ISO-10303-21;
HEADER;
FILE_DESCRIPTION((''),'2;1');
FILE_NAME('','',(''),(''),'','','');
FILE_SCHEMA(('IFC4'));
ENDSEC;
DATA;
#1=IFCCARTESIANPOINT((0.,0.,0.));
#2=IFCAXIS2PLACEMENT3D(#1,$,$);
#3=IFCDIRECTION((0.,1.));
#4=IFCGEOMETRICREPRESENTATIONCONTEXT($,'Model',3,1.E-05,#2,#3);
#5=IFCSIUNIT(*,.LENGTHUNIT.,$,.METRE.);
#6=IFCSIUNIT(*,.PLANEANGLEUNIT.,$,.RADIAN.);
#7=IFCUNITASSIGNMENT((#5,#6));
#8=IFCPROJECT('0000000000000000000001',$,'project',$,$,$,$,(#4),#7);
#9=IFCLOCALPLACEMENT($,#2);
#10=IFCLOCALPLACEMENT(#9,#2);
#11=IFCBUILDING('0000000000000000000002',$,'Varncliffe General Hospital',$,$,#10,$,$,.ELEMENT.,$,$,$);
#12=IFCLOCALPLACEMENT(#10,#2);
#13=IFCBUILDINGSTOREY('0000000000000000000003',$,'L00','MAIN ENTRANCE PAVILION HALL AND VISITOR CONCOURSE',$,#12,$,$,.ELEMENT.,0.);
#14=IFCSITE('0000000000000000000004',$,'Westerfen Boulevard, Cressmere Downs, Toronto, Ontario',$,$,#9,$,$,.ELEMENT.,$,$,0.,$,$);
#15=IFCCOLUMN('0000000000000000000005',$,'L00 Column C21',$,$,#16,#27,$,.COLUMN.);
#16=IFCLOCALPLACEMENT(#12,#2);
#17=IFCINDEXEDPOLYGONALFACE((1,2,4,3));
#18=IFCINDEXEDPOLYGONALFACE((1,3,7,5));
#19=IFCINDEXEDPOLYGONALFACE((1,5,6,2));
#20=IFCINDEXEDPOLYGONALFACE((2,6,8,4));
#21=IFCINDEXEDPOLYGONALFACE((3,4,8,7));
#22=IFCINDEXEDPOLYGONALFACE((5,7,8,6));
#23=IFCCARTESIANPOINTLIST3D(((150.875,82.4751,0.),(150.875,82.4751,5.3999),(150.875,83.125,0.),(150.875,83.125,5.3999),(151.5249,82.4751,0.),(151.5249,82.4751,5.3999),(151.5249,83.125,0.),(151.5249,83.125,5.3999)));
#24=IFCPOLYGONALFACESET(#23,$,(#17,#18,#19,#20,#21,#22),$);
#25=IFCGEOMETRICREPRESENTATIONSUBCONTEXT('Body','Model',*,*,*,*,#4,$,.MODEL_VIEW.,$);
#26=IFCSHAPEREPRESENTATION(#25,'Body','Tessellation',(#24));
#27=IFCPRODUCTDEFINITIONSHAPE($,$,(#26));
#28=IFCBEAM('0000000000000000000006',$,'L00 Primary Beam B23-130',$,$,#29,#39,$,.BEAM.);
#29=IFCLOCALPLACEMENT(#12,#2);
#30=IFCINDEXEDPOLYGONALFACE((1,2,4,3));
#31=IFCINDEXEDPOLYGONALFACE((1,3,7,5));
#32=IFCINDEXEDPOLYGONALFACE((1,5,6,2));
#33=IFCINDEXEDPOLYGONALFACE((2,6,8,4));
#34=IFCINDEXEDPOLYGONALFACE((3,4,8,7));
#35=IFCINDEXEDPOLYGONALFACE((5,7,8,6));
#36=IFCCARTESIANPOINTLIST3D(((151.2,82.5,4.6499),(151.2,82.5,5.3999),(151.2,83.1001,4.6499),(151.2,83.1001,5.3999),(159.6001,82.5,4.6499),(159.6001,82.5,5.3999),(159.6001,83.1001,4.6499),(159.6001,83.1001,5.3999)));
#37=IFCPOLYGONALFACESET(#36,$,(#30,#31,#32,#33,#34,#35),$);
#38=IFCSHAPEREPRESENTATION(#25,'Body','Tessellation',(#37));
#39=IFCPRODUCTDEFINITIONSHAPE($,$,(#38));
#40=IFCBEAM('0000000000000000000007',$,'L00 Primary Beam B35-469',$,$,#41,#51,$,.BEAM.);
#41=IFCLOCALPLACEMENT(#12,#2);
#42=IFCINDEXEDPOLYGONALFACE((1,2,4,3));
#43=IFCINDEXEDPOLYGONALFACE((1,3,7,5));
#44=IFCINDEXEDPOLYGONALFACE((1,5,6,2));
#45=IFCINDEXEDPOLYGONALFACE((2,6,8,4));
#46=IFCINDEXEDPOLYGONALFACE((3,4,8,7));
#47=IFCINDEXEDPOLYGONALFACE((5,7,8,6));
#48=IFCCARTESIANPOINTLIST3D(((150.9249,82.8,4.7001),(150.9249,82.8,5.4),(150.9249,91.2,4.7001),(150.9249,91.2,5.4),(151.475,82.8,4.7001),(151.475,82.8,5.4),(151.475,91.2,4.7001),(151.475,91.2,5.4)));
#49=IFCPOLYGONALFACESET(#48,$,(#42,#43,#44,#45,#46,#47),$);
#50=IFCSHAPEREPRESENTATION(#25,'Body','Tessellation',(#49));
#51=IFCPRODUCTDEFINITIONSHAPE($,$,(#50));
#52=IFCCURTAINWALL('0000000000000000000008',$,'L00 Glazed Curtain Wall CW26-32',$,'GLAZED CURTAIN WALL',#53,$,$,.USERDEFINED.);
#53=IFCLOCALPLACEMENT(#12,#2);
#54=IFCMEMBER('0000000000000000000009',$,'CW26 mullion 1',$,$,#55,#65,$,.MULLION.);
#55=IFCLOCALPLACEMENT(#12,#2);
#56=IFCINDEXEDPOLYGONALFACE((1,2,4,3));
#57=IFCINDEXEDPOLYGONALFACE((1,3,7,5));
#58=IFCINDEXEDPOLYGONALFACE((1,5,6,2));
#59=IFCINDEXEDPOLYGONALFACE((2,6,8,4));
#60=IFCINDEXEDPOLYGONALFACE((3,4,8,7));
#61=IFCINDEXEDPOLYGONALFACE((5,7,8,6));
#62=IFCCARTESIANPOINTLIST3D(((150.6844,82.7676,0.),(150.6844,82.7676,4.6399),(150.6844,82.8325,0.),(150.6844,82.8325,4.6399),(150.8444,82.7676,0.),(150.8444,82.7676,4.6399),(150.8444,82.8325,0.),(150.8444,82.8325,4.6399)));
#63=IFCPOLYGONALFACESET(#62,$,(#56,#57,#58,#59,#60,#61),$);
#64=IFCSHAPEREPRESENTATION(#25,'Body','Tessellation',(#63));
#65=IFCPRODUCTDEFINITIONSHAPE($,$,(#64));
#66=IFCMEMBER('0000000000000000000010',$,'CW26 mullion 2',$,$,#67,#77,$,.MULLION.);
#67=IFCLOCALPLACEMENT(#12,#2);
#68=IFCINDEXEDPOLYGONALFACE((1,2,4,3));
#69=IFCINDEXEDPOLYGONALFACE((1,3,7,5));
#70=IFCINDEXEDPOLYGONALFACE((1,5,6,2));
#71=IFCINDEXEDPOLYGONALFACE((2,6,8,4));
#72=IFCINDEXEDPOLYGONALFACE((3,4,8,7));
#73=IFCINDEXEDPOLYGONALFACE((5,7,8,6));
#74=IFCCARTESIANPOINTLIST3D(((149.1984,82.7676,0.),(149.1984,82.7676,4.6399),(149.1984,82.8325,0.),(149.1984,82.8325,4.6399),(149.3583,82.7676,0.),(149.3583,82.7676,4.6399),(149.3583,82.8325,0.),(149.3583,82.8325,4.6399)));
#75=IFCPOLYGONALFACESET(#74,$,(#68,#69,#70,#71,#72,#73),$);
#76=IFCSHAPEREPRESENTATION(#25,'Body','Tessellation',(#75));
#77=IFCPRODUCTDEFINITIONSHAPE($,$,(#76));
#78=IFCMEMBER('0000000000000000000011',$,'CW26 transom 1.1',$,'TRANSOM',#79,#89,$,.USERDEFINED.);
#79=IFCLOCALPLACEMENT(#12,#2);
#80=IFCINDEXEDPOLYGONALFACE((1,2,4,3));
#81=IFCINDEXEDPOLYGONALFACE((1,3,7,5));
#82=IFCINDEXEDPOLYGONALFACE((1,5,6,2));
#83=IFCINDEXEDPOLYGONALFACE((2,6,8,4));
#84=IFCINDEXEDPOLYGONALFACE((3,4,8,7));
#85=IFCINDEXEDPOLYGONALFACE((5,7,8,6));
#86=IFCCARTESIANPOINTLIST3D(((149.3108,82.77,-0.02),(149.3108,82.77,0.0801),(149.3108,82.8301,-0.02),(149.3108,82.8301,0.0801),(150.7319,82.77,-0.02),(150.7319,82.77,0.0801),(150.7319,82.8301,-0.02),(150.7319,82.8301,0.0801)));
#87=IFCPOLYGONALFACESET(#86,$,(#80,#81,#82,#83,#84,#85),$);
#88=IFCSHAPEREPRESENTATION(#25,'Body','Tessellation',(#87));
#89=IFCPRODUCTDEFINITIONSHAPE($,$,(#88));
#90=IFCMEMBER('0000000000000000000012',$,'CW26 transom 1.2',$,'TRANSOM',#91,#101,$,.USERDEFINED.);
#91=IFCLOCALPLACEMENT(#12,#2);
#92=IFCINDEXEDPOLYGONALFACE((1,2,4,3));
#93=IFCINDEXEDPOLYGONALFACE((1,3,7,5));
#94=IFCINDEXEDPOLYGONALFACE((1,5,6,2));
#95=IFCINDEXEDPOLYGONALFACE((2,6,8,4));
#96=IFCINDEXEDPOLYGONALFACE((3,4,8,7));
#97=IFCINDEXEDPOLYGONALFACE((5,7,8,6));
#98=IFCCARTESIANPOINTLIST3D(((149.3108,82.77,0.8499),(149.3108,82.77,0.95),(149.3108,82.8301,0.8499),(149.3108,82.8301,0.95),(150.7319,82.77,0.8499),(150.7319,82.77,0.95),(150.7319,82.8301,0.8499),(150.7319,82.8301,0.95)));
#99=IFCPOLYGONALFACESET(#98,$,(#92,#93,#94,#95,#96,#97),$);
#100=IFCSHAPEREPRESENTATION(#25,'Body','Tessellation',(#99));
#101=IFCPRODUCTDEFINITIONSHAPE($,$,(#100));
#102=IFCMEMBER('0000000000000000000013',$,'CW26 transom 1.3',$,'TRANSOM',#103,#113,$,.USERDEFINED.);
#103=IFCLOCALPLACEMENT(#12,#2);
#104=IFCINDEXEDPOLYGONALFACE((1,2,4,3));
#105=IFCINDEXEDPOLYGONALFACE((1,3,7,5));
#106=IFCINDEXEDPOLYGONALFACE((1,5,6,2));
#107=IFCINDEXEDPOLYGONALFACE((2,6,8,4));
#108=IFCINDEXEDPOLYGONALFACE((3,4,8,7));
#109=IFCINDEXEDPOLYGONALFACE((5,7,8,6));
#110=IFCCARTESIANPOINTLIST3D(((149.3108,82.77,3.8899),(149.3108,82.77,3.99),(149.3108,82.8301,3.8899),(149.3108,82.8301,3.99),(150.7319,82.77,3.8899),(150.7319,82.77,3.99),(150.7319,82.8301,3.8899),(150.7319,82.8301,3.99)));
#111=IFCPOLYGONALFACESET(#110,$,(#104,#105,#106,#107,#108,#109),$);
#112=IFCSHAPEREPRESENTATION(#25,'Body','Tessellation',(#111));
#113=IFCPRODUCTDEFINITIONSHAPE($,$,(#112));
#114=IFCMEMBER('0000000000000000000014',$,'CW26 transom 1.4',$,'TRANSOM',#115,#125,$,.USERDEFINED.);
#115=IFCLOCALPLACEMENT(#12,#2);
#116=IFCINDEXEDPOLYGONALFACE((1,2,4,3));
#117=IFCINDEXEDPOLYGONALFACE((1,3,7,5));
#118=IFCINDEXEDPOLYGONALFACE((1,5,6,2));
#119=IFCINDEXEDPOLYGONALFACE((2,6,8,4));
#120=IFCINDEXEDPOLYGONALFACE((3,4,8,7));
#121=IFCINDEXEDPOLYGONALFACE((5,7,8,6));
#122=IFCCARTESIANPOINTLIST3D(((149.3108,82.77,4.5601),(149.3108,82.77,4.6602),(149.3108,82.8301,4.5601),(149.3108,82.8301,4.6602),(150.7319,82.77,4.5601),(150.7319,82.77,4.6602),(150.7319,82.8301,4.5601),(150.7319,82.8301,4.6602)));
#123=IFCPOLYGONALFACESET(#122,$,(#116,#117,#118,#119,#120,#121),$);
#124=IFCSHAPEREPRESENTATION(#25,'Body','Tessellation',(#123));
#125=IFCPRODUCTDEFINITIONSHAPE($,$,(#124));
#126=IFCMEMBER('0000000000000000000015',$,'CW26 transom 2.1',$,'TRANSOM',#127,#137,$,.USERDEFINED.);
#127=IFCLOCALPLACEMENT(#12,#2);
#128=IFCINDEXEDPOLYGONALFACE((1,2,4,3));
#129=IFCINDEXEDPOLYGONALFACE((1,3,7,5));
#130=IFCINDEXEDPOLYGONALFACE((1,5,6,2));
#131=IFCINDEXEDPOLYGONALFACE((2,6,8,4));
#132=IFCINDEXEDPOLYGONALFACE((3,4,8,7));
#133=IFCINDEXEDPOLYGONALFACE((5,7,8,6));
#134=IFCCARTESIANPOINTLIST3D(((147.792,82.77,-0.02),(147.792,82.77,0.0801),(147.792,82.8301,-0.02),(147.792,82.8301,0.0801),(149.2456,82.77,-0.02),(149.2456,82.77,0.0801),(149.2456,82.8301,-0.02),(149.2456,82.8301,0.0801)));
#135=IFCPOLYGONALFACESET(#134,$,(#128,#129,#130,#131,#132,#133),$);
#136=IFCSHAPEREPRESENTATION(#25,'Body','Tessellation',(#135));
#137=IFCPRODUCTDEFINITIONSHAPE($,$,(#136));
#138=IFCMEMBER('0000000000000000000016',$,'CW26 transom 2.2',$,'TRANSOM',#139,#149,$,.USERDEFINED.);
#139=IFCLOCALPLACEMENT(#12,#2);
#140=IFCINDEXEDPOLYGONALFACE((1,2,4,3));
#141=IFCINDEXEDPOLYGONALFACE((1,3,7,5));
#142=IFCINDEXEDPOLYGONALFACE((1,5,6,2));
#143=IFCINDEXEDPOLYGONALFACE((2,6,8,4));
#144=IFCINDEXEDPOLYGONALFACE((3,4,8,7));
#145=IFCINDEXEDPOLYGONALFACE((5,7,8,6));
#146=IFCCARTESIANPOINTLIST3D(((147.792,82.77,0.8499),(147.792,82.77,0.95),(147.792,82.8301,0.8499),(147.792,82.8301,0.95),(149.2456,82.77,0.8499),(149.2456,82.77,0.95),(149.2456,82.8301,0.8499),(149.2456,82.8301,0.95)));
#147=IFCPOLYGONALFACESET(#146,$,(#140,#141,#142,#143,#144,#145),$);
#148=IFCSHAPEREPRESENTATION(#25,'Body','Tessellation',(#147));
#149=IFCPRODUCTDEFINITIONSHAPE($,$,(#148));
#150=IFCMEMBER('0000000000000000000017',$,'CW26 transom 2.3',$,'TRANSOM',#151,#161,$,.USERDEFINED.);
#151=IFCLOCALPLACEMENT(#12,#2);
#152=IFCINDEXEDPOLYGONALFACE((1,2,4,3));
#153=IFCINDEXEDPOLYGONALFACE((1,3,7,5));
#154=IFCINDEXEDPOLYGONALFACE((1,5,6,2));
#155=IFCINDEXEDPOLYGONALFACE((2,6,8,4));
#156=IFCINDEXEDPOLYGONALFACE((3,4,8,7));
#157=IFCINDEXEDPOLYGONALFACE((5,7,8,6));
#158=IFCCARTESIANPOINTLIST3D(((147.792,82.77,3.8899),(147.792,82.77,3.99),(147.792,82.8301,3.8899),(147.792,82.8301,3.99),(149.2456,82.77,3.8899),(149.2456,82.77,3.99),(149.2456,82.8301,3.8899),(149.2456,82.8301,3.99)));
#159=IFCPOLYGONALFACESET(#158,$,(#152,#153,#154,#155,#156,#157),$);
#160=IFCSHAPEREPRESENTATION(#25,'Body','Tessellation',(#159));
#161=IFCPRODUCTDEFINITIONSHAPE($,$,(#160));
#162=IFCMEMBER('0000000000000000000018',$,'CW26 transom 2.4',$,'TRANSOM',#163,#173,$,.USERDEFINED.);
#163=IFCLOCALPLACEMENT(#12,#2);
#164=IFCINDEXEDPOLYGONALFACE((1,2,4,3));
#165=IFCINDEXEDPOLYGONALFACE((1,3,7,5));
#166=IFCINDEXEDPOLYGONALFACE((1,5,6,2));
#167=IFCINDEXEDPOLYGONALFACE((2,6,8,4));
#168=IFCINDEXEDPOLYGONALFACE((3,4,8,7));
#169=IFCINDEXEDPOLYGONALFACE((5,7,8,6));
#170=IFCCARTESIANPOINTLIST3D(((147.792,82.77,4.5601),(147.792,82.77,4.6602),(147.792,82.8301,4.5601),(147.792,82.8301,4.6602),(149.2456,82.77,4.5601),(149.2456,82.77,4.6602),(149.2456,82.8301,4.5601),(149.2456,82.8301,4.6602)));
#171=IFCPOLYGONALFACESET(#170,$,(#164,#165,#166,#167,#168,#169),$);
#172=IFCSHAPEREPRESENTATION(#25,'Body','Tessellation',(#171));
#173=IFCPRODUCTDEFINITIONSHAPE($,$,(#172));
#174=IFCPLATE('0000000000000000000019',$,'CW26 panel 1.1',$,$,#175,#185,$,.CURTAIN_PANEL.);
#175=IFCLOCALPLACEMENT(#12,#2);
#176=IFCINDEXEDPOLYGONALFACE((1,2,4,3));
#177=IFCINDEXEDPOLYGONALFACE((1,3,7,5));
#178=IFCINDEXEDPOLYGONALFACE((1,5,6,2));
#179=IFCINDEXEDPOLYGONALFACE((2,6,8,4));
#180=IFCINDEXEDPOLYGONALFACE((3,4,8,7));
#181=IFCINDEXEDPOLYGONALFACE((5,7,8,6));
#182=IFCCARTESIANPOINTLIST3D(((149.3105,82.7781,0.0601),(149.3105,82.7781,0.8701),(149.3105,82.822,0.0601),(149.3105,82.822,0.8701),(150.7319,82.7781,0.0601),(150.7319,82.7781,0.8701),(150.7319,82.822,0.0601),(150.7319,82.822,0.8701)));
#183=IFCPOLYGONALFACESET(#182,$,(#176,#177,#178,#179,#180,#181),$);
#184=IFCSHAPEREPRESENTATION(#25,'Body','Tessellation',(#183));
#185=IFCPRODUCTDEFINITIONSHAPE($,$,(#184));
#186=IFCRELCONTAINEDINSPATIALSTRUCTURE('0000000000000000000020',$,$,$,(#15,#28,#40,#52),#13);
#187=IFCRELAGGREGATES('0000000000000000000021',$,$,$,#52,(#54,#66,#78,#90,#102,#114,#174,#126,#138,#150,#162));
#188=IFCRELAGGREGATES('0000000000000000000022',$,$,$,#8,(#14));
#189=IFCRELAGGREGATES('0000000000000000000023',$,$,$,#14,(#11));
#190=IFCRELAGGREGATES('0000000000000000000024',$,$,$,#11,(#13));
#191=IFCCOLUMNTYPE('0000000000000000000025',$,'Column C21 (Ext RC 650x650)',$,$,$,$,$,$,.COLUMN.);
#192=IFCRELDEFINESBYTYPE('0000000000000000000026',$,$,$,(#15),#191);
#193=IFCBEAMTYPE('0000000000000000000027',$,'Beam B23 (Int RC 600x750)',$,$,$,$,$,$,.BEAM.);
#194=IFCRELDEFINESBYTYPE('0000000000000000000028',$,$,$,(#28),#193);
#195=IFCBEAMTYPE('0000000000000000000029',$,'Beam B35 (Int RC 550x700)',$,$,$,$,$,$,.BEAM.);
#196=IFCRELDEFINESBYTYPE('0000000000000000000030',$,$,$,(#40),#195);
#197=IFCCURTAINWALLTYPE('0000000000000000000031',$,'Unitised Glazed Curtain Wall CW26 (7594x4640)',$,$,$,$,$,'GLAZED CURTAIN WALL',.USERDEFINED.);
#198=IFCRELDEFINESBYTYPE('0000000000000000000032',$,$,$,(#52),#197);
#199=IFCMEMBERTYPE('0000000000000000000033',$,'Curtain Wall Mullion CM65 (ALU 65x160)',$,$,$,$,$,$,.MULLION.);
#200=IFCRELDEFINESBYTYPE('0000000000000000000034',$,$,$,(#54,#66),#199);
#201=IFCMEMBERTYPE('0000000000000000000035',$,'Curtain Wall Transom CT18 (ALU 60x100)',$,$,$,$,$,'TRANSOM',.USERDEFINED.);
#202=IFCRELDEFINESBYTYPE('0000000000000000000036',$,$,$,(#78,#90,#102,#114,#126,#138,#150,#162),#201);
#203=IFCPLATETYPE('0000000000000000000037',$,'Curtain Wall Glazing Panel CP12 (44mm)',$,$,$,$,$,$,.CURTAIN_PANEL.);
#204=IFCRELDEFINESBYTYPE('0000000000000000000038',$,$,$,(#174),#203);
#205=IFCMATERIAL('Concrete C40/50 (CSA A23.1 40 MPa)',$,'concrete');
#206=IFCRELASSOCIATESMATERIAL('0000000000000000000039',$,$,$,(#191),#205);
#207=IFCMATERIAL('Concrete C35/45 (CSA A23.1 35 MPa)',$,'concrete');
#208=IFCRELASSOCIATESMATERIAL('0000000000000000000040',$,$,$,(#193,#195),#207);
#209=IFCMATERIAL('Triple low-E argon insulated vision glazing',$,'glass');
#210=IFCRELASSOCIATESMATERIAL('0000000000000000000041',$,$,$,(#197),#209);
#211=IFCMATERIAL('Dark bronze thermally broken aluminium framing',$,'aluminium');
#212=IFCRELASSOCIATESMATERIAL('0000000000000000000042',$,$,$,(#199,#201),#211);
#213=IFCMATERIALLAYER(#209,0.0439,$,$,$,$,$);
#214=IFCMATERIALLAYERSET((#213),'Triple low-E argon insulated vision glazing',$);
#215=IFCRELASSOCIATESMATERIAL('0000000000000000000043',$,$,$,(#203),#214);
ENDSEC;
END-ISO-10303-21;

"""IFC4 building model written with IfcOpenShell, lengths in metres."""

from ifc_helpers import new_model, si_unit, direction, frame, origin, origin_2d, place, context, subcontext, project, spatial, rectangle, extrude, material, layer, layer_set, material_profile, profile_set, type_object, element, aggregate, save


model = new_model("IFC4")

# Units and contexts
model_context = context("Model", 3, precision=1e-05, world=origin(), true_north=direction((0.0, 1.0)))
body_context = subcontext(model_context, "Body", "Model", "MODEL_VIEW")
ifc_project = project(units=[si_unit("LENGTHUNIT", "METRE"), si_unit("PLANEANGLEUNIT", "RADIAN")], contexts=[model_context])

# Site, building, storey
site_placement = place(None, origin())
site = spatial("IfcSite", under=ifc_project, at=site_placement, Name="Westerfen Boulevard, Cressmere Downs, Toronto, Ontario", CompositionType="ELEMENT", RefElevation=0.0)
building_placement = place(site_placement, origin())
building = spatial("IfcBuilding", under=site, at=building_placement, Name="Varncliffe General Hospital", CompositionType="ELEMENT")
storey_placement = place(building_placement, origin())
storey = spatial("IfcBuildingStorey", under=building, at=storey_placement, Name="L00", Description="MAIN ENTRANCE PAVILION HALL AND VISITOR CONCOURSE", CompositionType="ELEMENT", Elevation=0.0)

# Column
ifc_material_1 = material(Name="Concrete C40/50 (CSA A23.1 40 MPa)", Category="concrete")
ifc_material_profile_1 = material_profile(ifc_material_1, rectangle(XDim=0.6499, YDim=0.6499, at=origin_2d()), Name="RC 650x650")
ifc_profile_set_1 = profile_set([ifc_material_profile_1], Name="Concrete C40/50 (CSA A23.1 40 MPa)")
column_type = type_object("IfcColumnType", Name="Column C21 (Ext RC 650x650)", PredefinedType="COLUMN", material=ifc_profile_set_1)
column_placement = place(storey_placement, frame((151.2, 82.8, 0.0), z_axis=(0.0, 0.0, 1.0), x_axis=(1.0, 0.0, 0.0)))
element("IfcColumn", 1, at=column_placement, inside=storey, type_object=column_type, Name="L00 Column C21", PredefinedType="COLUMN", context=body_context, shape_type="SweptSolid", body=[
    extrude(rectangle(XDim=0.6499, YDim=0.6499, at=origin_2d()), origin(), (0.0, 0.0, 1.0), 5.3999),
])

# Beams
ifc_material_2 = material(Name="Concrete C35/45 (CSA A23.1 35 MPa)", Category="concrete")
ifc_material_profile_2 = material_profile(ifc_material_2, rectangle(XDim=0.6001, YDim=0.75, at=origin_2d()), Name="RC 600x750")
ifc_profile_set_2 = profile_set([ifc_material_profile_2], Name="Concrete C35/45 (CSA A23.1 35 MPa)")
beam_type_1 = type_object("IfcBeamType", Name="Beam B23 (Int RC 600x750)", PredefinedType="BEAM", material=ifc_profile_set_2)
beam_1_placement = place(storey_placement, frame((151.2, 82.8, 5.0249), z_axis=(1.0, 0.0, 0.0), x_axis=(0.0, 1.0, 0.0)))
element("IfcBeam", 2, at=beam_1_placement, inside=storey, type_object=beam_type_1, Name="L00 Primary Beam B23-130", PredefinedType="BEAM", context=body_context, shape_type="SweptSolid", body=[
    extrude(rectangle(XDim=0.6001, YDim=0.75, at=origin_2d()), origin(), (0.0, 0.0, 1.0), 8.4001),
])
ifc_material_profile_3 = material_profile(ifc_material_2, rectangle(XDim=0.55, YDim=0.7, at=origin_2d()), Name="RC 550x700")
ifc_profile_set_3 = profile_set([ifc_material_profile_3], Name="Concrete C35/45 (CSA A23.1 35 MPa)")
beam_type_2 = type_object("IfcBeamType", Name="Beam B35 (Int RC 550x700)", PredefinedType="BEAM", material=ifc_profile_set_3)
beam_2_placement = place(storey_placement, frame((151.2, 82.8, 5.05), z_axis=(0.0, 1.0, 0.0), x_axis=(-1.0, 0.0, 0.0)))
element("IfcBeam", 3, at=beam_2_placement, inside=storey, type_object=beam_type_2, Name="L00 Primary Beam B35-469", PredefinedType="BEAM", context=body_context, shape_type="SweptSolid", body=[
    extrude(rectangle(XDim=0.55, YDim=0.7, at=origin_2d()), origin(), (0.0, 0.0, 1.0), 8.3999),
])

# Curtain wall, members, plate
ifc_material_3 = material(Name="Triple low-E argon insulated vision glazing", Category="glass")
curtain_wall_type = type_object("IfcCurtainWallType", Name="Unitised Glazed Curtain Wall CW26 (7594x4640)", ElementType="GLAZED CURTAIN WALL", PredefinedType="USERDEFINED", material=ifc_material_3)
curtain_wall_placement = place(storey_placement, origin())
curtain_wall = element("IfcCurtainWall", 4, at=curtain_wall_placement, inside=storey, type_object=curtain_wall_type, Name="L00 Glazed Curtain Wall CW26-32", ObjectType="GLAZED CURTAIN WALL", PredefinedType="USERDEFINED")
ifc_material_4 = material(Name="Dark bronze thermally broken aluminium framing", Category="aluminium")
ifc_material_profile_4 = material_profile(ifc_material_4, rectangle(XDim=0.0649, YDim=0.1599, at=origin_2d()), Name="ALU 65x160")
ifc_profile_set_4 = profile_set([ifc_material_profile_4], Name="Dark bronze thermally broken aluminium framing")
member_type_1 = type_object("IfcMemberType", Name="Curtain Wall Mullion CM65 (ALU 65x160)", PredefinedType="MULLION", material=ifc_profile_set_4)
member_1_placement = place(storey_placement, frame((150.7644, 82.8, 0.0), z_axis=(0.0, 0.0, 1.0), x_axis=(0.0, -1.0, 0.0)))
member_1 = element("IfcMember", 5, at=member_1_placement, type_object=member_type_1, Name="CW26 mullion 1", PredefinedType="MULLION", context=body_context, shape_type="SweptSolid", body=[
    extrude(rectangle(XDim=0.0649, YDim=0.1599, at=origin_2d()), origin(), (0.0, 0.0, 1.0), 4.6399),
])
member_2_placement = place(storey_placement, frame((149.2783, 82.8, 0.0), z_axis=(0.0, 0.0, 1.0), x_axis=(0.0, -1.0, 0.0)))
member_2 = element("IfcMember", 6, at=member_2_placement, type_object=member_type_1, Name="CW26 mullion 2", PredefinedType="MULLION", context=body_context, shape_type="SweptSolid", body=[
    extrude(rectangle(XDim=0.0649, YDim=0.1599, at=origin_2d()), origin(), (0.0, 0.0, 1.0), 4.6399),
])
ifc_material_profile_5 = material_profile(ifc_material_4, rectangle(XDim=0.0601, YDim=0.1001, at=origin_2d()), Name="ALU 60x100")
ifc_profile_set_5 = profile_set([ifc_material_profile_5], Name="Dark bronze thermally broken aluminium framing")
member_type_2 = type_object("IfcMemberType", Name="Curtain Wall Transom CT18 (ALU 60x100)", ElementType="TRANSOM", PredefinedType="USERDEFINED", material=ifc_profile_set_5)
member_3_placement = place(storey_placement, frame((150.7319, 82.8, 0.03), z_axis=(-1.0, 0.0, 0.0), x_axis=(0.0, -1.0, 0.0)))
member_3 = element("IfcMember", 7, at=member_3_placement, type_object=member_type_2, Name="CW26 transom 1.1", ObjectType="TRANSOM", PredefinedType="USERDEFINED", context=body_context, shape_type="SweptSolid", body=[
    extrude(rectangle(XDim=0.0601, YDim=0.1001, at=origin_2d()), origin(), (0.0, 0.0, 1.0), 1.4211),
])
member_4_placement = place(storey_placement, frame((150.7319, 82.8, 0.8999), z_axis=(-1.0, 0.0, 0.0), x_axis=(0.0, -1.0, 0.0)))
member_4 = element("IfcMember", 8, at=member_4_placement, type_object=member_type_2, Name="CW26 transom 1.2", ObjectType="TRANSOM", PredefinedType="USERDEFINED", context=body_context, shape_type="SweptSolid", body=[
    extrude(rectangle(XDim=0.0601, YDim=0.1001, at=origin_2d()), origin(), (0.0, 0.0, 1.0), 1.4211),
])
member_5_placement = place(storey_placement, frame((150.7319, 82.8, 3.9399), z_axis=(-1.0, 0.0, 0.0), x_axis=(0.0, -1.0, 0.0)))
member_5 = element("IfcMember", 9, at=member_5_placement, type_object=member_type_2, Name="CW26 transom 1.3", ObjectType="TRANSOM", PredefinedType="USERDEFINED", context=body_context, shape_type="SweptSolid", body=[
    extrude(rectangle(XDim=0.0601, YDim=0.1001, at=origin_2d()), origin(), (0.0, 0.0, 1.0), 1.4211),
])
member_6_placement = place(storey_placement, frame((150.7319, 82.8, 4.6101), z_axis=(-1.0, 0.0, 0.0), x_axis=(0.0, -1.0, 0.0)))
member_6 = element("IfcMember", 10, at=member_6_placement, type_object=member_type_2, Name="CW26 transom 1.4", ObjectType="TRANSOM", PredefinedType="USERDEFINED", context=body_context, shape_type="SweptSolid", body=[
    extrude(rectangle(XDim=0.0601, YDim=0.1001, at=origin_2d()), origin(), (0.0, 0.0, 1.0), 1.4211),
])
member_7_placement = place(storey_placement, frame((149.2456, 82.8, 0.03), z_axis=(-1.0, 0.0, 0.0), x_axis=(0.0, -1.0, 0.0)))
member_7 = element("IfcMember", 11, at=member_7_placement, type_object=member_type_2, Name="CW26 transom 2.1", ObjectType="TRANSOM", PredefinedType="USERDEFINED", context=body_context, shape_type="SweptSolid", body=[
    extrude(rectangle(XDim=0.0601, YDim=0.1001, at=origin_2d()), origin(), (0.0, 0.0, 1.0), 1.4536),
])
member_8_placement = place(storey_placement, frame((149.2456, 82.8, 0.8999), z_axis=(-1.0, 0.0, 0.0), x_axis=(0.0, -1.0, 0.0)))
member_8 = element("IfcMember", 12, at=member_8_placement, type_object=member_type_2, Name="CW26 transom 2.2", ObjectType="TRANSOM", PredefinedType="USERDEFINED", context=body_context, shape_type="SweptSolid", body=[
    extrude(rectangle(XDim=0.0601, YDim=0.1001, at=origin_2d()), origin(), (0.0, 0.0, 1.0), 1.4536),
])
member_9_placement = place(storey_placement, frame((149.2456, 82.8, 3.9399), z_axis=(-1.0, 0.0, 0.0), x_axis=(0.0, -1.0, 0.0)))
member_9 = element("IfcMember", 13, at=member_9_placement, type_object=member_type_2, Name="CW26 transom 2.3", ObjectType="TRANSOM", PredefinedType="USERDEFINED", context=body_context, shape_type="SweptSolid", body=[
    extrude(rectangle(XDim=0.0601, YDim=0.1001, at=origin_2d()), origin(), (0.0, 0.0, 1.0), 1.4536),
])
member_10_placement = place(storey_placement, frame((149.2456, 82.8, 4.6101), z_axis=(-1.0, 0.0, 0.0), x_axis=(0.0, -1.0, 0.0)))
member_10 = element("IfcMember", 14, at=member_10_placement, type_object=member_type_2, Name="CW26 transom 2.4", ObjectType="TRANSOM", PredefinedType="USERDEFINED", context=body_context, shape_type="SweptSolid", body=[
    extrude(rectangle(XDim=0.0601, YDim=0.1001, at=origin_2d()), origin(), (0.0, 0.0, 1.0), 1.4536),
])
ifc_layer_1 = layer(ifc_material_3, 0.0439)
ifc_layer_set_1 = layer_set([ifc_layer_1], Name="Triple low-E argon insulated vision glazing")
plate_type = type_object("IfcPlateType", Name="Curtain Wall Glazing Panel CP12 (44mm)", PredefinedType="CURTAIN_PANEL", material=ifc_layer_set_1)
plate_1_placement = place(storey_placement, frame((150.0212, 82.8, 0.0601), z_axis=(0.0, 0.0, 1.0), x_axis=(-1.0, 0.0, 0.0)))
plate_1 = element("IfcPlate", 15, at=plate_1_placement, type_object=plate_type, Name="CW26 panel 1.1", PredefinedType="CURTAIN_PANEL", context=body_context, shape_type="SweptSolid", body=[
    extrude(rectangle(XDim=1.4214, YDim=0.0439, at=origin_2d()), origin(), (0.0, 0.0, 1.0), 0.8101),
])
aggregate(curtain_wall, [member_1, member_2, member_3, member_4, member_5, member_6, plate_1, member_7, member_8, member_9, member_10])

save(model, "model.ifc")
